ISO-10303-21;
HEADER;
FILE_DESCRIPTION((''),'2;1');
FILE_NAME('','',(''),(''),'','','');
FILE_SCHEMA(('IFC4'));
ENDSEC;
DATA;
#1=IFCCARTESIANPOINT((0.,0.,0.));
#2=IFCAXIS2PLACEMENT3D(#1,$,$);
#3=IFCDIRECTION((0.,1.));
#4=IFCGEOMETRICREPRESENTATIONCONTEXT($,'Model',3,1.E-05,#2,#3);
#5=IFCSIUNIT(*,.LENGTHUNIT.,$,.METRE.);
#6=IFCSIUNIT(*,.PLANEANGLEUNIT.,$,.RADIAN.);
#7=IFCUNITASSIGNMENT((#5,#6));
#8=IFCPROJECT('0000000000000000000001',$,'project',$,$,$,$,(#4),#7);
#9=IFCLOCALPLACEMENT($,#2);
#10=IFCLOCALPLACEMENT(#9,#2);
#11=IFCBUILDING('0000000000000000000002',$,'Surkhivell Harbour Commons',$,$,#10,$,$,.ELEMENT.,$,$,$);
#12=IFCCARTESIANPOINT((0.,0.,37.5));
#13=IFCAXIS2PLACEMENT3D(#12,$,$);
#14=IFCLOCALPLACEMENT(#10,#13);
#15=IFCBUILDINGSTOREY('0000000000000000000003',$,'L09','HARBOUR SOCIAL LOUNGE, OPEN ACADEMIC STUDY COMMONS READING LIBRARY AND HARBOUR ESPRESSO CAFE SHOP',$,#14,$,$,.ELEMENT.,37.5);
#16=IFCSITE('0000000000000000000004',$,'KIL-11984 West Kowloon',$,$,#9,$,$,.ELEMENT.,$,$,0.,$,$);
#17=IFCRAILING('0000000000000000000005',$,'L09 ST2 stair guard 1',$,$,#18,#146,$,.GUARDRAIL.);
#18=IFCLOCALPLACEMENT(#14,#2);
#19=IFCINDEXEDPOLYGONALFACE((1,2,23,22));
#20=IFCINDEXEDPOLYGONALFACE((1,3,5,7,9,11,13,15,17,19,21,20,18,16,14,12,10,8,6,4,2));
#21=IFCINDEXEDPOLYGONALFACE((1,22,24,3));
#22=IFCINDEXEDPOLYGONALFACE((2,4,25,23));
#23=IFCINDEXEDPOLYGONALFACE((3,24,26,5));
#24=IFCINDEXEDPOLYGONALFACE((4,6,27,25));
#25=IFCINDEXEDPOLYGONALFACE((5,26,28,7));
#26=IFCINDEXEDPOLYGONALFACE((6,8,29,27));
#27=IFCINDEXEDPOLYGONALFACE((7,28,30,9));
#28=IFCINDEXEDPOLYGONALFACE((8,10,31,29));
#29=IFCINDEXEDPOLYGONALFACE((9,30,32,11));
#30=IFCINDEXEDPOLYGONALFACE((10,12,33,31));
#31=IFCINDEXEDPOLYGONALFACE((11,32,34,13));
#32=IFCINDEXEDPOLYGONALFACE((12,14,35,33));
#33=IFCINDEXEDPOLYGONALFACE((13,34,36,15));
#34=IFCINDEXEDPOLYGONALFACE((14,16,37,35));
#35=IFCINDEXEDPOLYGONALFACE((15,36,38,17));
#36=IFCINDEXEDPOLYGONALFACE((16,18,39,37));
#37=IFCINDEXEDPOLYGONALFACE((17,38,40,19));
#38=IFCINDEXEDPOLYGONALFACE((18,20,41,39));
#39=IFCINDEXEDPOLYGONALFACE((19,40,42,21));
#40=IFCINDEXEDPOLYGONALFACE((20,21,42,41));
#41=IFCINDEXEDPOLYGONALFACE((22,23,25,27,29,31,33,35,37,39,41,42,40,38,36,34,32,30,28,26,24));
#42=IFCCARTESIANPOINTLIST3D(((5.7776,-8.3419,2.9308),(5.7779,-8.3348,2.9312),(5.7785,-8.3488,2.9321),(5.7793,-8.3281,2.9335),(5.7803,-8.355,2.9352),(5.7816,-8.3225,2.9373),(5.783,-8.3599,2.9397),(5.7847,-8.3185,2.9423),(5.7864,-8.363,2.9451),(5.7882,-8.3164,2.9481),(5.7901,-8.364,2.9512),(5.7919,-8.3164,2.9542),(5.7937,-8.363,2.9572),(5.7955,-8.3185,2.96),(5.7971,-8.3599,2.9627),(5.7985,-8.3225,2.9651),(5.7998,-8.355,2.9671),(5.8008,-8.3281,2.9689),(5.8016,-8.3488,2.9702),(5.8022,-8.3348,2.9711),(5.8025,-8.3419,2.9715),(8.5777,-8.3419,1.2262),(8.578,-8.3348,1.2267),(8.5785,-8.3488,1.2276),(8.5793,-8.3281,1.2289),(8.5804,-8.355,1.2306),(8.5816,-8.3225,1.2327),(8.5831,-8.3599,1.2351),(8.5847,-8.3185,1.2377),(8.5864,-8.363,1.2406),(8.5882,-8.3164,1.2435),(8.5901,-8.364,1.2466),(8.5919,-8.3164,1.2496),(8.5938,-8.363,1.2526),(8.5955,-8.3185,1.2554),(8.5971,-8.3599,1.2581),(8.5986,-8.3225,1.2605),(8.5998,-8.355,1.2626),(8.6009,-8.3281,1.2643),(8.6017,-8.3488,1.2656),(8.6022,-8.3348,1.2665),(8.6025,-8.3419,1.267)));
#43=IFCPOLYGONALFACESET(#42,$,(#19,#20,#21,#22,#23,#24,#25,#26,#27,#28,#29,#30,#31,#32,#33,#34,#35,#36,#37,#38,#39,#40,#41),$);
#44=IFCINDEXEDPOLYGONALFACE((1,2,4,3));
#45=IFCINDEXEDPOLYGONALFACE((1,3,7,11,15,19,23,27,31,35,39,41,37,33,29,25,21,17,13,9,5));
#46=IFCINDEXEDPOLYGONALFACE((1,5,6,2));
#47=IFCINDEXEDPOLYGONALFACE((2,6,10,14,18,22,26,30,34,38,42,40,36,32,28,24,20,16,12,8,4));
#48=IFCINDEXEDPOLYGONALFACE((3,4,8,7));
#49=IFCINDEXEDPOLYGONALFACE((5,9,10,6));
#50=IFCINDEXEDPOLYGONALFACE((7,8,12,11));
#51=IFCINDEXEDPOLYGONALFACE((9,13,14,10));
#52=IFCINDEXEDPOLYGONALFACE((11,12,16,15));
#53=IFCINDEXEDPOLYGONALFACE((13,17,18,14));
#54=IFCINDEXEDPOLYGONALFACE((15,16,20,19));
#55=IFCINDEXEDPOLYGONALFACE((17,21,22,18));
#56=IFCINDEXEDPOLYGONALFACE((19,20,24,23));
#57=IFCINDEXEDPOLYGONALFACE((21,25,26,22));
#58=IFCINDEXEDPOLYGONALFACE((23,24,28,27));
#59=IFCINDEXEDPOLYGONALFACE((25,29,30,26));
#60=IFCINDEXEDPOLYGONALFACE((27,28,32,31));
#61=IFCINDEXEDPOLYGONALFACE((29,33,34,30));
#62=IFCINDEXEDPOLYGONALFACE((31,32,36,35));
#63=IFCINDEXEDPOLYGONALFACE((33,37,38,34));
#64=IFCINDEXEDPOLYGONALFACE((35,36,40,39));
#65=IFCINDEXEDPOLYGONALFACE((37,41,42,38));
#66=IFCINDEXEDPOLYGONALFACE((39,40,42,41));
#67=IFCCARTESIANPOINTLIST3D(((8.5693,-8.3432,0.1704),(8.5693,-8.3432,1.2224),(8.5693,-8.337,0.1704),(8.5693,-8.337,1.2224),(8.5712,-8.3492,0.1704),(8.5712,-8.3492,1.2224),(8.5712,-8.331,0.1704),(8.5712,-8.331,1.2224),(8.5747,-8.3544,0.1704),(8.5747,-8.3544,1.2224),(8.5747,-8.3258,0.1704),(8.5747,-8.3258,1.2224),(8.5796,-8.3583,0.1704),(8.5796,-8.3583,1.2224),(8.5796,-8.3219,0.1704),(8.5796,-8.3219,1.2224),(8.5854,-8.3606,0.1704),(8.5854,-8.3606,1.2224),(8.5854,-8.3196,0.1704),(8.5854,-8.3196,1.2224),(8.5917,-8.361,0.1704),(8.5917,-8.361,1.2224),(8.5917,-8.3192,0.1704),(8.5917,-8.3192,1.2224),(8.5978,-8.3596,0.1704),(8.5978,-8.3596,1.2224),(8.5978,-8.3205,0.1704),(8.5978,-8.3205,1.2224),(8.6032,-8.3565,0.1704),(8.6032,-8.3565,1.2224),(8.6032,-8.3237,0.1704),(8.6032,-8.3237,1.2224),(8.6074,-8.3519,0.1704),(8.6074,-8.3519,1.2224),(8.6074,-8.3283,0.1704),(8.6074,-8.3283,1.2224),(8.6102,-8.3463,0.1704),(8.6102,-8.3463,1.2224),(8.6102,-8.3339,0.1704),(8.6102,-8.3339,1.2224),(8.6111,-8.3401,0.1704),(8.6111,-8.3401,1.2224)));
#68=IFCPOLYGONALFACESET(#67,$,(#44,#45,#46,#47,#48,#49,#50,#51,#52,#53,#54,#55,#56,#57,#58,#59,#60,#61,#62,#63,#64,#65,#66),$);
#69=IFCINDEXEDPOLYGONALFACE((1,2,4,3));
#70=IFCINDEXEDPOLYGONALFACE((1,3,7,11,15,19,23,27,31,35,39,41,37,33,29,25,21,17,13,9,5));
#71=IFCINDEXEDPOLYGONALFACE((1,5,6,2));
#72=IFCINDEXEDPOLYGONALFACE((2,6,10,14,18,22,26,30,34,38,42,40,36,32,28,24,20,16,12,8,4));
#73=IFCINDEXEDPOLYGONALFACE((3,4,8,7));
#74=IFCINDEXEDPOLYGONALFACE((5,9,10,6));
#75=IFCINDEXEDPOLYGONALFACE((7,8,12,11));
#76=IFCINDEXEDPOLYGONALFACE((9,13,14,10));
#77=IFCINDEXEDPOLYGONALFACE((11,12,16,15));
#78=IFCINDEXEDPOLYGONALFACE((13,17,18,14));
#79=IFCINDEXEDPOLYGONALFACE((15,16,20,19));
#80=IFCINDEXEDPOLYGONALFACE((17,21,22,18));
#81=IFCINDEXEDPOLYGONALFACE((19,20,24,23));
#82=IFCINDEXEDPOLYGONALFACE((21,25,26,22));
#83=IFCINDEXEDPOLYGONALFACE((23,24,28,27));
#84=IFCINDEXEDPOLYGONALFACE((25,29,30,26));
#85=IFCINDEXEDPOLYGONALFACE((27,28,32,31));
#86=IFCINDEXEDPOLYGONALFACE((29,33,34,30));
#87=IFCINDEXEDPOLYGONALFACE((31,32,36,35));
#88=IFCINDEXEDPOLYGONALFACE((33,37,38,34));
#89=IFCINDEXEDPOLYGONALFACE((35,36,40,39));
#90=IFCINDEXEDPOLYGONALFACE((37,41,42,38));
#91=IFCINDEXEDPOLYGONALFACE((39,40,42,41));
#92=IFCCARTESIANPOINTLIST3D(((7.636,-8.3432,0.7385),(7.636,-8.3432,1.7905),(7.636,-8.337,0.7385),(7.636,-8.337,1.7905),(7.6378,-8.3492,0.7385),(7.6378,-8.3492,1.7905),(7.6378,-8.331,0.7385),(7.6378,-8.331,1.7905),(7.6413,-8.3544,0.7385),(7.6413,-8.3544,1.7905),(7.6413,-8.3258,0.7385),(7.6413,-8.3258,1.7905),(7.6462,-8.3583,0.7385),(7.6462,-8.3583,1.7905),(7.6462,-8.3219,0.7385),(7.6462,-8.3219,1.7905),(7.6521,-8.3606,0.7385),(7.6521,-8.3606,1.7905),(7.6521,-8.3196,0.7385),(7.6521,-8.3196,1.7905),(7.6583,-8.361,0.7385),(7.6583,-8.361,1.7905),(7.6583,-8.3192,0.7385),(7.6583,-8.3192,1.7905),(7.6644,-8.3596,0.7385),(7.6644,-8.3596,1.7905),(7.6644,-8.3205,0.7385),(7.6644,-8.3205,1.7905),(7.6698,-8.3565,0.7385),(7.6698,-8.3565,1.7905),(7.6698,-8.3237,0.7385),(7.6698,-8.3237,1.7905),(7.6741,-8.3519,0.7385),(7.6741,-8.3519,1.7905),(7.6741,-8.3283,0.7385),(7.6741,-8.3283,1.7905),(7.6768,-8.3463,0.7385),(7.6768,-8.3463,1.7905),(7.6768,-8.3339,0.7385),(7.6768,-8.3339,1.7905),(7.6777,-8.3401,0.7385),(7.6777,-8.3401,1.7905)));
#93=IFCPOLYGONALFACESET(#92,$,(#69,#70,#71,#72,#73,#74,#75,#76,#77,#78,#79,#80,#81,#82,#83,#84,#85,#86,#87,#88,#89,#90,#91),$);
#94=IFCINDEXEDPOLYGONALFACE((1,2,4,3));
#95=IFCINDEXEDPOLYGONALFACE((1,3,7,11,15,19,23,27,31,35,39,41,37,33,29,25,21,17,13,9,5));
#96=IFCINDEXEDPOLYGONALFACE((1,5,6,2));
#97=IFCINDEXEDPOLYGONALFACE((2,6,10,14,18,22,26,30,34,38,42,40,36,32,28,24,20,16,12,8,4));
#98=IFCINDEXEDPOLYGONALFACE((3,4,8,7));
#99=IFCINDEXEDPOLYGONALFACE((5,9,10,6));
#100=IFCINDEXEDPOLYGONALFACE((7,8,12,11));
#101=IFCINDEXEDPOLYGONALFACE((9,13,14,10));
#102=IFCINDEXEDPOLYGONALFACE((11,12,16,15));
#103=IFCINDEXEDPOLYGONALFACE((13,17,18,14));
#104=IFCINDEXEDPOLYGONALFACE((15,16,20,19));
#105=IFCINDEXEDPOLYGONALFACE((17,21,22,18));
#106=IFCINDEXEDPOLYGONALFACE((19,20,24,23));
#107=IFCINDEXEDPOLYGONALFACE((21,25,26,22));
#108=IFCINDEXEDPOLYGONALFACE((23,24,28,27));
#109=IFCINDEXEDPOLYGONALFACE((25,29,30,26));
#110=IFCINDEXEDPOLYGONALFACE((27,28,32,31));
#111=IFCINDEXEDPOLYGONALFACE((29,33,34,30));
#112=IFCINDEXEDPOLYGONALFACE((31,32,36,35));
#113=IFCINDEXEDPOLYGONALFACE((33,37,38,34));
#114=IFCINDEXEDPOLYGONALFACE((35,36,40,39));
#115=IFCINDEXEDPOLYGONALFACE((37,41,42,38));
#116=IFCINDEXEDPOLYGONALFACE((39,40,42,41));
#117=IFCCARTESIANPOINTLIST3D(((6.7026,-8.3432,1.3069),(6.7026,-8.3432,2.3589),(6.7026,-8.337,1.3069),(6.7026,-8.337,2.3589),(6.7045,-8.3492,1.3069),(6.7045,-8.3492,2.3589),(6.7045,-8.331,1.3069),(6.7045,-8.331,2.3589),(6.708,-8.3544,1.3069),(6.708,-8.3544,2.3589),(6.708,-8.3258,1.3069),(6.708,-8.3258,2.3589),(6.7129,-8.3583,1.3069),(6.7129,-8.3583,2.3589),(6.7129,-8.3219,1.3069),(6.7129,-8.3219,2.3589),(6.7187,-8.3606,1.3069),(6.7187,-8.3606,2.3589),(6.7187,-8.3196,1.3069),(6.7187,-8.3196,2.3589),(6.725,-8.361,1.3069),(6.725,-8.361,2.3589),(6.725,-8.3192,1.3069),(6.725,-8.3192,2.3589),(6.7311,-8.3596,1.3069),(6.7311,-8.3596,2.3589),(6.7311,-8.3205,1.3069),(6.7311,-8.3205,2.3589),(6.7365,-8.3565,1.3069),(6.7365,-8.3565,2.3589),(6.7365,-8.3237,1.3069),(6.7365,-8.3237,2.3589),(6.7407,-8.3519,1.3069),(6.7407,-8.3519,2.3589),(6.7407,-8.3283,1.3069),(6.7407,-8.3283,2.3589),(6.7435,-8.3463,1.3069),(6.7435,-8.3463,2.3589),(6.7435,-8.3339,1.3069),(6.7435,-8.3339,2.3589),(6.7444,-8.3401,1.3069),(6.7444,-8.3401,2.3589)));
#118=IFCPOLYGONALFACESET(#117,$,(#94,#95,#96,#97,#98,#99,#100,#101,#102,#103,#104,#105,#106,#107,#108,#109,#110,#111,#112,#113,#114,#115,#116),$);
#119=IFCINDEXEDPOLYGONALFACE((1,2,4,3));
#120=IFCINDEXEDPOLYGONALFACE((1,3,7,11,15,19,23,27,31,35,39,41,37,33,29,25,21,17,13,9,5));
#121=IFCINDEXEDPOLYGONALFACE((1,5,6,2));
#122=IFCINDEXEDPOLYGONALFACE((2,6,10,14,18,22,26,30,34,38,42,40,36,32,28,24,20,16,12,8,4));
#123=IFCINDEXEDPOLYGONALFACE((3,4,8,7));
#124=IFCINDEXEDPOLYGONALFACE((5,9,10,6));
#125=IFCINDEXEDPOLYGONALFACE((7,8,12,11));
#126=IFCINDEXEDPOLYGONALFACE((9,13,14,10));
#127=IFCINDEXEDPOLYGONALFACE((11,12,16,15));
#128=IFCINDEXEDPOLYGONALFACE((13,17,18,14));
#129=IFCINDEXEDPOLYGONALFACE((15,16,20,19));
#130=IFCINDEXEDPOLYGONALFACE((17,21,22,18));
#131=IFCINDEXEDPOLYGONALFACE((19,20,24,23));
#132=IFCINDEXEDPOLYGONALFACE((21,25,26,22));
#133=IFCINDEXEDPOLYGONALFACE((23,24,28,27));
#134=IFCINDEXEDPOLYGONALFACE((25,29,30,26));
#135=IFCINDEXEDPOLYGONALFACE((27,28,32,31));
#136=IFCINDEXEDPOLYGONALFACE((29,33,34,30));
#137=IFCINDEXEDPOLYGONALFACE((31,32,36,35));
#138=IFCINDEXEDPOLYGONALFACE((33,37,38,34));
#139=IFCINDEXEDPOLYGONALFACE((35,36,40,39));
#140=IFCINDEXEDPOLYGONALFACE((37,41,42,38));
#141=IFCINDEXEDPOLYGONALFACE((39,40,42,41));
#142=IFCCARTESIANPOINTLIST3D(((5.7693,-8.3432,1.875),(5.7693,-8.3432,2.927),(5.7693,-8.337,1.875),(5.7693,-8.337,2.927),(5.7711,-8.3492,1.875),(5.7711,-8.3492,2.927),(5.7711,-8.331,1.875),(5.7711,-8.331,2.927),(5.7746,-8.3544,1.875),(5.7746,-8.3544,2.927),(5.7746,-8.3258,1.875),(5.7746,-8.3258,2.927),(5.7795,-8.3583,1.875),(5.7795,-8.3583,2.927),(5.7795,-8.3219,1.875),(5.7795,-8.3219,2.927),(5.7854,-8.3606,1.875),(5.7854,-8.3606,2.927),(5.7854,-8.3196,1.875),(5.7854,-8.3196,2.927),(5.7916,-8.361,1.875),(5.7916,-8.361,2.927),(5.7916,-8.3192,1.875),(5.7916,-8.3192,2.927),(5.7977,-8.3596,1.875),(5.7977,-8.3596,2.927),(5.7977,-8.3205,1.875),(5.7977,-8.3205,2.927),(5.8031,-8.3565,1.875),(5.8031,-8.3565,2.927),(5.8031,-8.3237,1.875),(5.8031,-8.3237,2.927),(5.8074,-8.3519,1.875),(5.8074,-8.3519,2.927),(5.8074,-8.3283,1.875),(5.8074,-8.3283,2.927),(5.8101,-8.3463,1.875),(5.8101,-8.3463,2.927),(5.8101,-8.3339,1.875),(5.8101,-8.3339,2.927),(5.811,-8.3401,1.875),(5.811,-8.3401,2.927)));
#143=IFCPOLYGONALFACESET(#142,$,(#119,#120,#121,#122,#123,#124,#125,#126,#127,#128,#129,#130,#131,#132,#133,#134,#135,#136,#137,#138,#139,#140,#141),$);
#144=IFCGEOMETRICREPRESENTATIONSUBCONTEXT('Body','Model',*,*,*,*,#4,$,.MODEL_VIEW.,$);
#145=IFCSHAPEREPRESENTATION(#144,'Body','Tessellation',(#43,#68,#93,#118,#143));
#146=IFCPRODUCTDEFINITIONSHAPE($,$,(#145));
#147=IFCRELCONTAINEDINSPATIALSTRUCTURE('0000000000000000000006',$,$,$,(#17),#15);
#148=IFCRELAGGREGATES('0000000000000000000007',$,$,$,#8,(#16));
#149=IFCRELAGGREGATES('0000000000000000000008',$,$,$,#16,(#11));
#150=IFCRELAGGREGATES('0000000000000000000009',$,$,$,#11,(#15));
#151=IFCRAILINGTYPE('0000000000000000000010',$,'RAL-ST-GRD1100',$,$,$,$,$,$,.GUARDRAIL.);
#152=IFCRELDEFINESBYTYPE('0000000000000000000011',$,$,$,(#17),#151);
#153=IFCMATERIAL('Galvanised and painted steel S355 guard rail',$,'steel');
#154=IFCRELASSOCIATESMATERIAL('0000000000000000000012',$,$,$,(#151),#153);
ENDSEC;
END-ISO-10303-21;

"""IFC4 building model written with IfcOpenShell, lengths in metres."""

from ifc_helpers import new_model, si_unit, direction, frame, origin, origin_2d, place, context, subcontext, project, spatial, circle, extrude, material, type_object, element, save


model = new_model("IFC4")

# Units and contexts
model_context = context("Model", 3, precision=1e-05, world=origin(), true_north=direction((0.0, 1.0)))
body_context = subcontext(model_context, "Body", "Model", "MODEL_VIEW")
ifc_project = project(units=[si_unit("LENGTHUNIT", "METRE"), si_unit("PLANEANGLEUNIT", "RADIAN")], contexts=[model_context])

# Site, building, storey
site_placement = place(None, origin())
site = spatial("IfcSite", under=ifc_project, at=site_placement, Name="KIL-11984 West Kowloon", CompositionType="ELEMENT", RefElevation=0.0)
building_placement = place(site_placement, origin())
building = spatial("IfcBuilding", under=site, at=building_placement, Name="Surkhivell Harbour Commons", CompositionType="ELEMENT")
storey_placement = place(building_placement, frame((0.0, 0.0, 37.5)))
storey = spatial("IfcBuildingStorey", under=building, at=storey_placement, Name="L09", Description="HARBOUR SOCIAL LOUNGE, OPEN ACADEMIC STUDY COMMONS READING LIBRARY AND HARBOUR ESPRESSO CAFE SHOP", CompositionType="ELEMENT", Elevation=37.5)

# Railing
ifc_material_1 = material(Name="Galvanised and painted steel S355 guard rail", Category="steel")
railing_type_1 = type_object("IfcRailingType", Name="RAL-ST-GRD1100", PredefinedType="GUARDRAIL", material=ifc_material_1)
railing_1_placement = place(storey_placement, frame((8.5901, -8.3401, 0.1704)))
element("IfcRailing", 1, at=railing_1_placement, inside=storey, type_object=railing_type_1, Name="L09 ST2 stair guard 1", PredefinedType="GUARDRAIL", context=body_context, shape_type="SweptSolid", body=[
    extrude(circle(Radius=0.0239, at=origin_2d()), frame((0.0, 0.0, 1.0762), z_axis=(-0.85417, 0.0, 0.519994), x_axis=(0.0, -1.0, 0.0)), (0.0, 0.0, 1.0), 3.2781),
    extrude(circle(Radius=0.021, at=origin_2d()), origin(), (0.0, 0.0, 1.0), 1.052),
    extrude(circle(Radius=0.021, at=origin_2d()), frame((-0.9333, 0.0, 0.5681)), (0.0, 0.0, 1.0), 1.052),
    extrude(circle(Radius=0.021, at=origin_2d()), frame((-1.8667, 0.0, 1.1365)), (0.0, 0.0, 1.0), 1.052),
    extrude(circle(Radius=0.021, at=origin_2d()), frame((-2.8, 0.0, 1.7046)), (0.0, 0.0, 1.0), 1.052),
])

save(model, "model.ifc")
